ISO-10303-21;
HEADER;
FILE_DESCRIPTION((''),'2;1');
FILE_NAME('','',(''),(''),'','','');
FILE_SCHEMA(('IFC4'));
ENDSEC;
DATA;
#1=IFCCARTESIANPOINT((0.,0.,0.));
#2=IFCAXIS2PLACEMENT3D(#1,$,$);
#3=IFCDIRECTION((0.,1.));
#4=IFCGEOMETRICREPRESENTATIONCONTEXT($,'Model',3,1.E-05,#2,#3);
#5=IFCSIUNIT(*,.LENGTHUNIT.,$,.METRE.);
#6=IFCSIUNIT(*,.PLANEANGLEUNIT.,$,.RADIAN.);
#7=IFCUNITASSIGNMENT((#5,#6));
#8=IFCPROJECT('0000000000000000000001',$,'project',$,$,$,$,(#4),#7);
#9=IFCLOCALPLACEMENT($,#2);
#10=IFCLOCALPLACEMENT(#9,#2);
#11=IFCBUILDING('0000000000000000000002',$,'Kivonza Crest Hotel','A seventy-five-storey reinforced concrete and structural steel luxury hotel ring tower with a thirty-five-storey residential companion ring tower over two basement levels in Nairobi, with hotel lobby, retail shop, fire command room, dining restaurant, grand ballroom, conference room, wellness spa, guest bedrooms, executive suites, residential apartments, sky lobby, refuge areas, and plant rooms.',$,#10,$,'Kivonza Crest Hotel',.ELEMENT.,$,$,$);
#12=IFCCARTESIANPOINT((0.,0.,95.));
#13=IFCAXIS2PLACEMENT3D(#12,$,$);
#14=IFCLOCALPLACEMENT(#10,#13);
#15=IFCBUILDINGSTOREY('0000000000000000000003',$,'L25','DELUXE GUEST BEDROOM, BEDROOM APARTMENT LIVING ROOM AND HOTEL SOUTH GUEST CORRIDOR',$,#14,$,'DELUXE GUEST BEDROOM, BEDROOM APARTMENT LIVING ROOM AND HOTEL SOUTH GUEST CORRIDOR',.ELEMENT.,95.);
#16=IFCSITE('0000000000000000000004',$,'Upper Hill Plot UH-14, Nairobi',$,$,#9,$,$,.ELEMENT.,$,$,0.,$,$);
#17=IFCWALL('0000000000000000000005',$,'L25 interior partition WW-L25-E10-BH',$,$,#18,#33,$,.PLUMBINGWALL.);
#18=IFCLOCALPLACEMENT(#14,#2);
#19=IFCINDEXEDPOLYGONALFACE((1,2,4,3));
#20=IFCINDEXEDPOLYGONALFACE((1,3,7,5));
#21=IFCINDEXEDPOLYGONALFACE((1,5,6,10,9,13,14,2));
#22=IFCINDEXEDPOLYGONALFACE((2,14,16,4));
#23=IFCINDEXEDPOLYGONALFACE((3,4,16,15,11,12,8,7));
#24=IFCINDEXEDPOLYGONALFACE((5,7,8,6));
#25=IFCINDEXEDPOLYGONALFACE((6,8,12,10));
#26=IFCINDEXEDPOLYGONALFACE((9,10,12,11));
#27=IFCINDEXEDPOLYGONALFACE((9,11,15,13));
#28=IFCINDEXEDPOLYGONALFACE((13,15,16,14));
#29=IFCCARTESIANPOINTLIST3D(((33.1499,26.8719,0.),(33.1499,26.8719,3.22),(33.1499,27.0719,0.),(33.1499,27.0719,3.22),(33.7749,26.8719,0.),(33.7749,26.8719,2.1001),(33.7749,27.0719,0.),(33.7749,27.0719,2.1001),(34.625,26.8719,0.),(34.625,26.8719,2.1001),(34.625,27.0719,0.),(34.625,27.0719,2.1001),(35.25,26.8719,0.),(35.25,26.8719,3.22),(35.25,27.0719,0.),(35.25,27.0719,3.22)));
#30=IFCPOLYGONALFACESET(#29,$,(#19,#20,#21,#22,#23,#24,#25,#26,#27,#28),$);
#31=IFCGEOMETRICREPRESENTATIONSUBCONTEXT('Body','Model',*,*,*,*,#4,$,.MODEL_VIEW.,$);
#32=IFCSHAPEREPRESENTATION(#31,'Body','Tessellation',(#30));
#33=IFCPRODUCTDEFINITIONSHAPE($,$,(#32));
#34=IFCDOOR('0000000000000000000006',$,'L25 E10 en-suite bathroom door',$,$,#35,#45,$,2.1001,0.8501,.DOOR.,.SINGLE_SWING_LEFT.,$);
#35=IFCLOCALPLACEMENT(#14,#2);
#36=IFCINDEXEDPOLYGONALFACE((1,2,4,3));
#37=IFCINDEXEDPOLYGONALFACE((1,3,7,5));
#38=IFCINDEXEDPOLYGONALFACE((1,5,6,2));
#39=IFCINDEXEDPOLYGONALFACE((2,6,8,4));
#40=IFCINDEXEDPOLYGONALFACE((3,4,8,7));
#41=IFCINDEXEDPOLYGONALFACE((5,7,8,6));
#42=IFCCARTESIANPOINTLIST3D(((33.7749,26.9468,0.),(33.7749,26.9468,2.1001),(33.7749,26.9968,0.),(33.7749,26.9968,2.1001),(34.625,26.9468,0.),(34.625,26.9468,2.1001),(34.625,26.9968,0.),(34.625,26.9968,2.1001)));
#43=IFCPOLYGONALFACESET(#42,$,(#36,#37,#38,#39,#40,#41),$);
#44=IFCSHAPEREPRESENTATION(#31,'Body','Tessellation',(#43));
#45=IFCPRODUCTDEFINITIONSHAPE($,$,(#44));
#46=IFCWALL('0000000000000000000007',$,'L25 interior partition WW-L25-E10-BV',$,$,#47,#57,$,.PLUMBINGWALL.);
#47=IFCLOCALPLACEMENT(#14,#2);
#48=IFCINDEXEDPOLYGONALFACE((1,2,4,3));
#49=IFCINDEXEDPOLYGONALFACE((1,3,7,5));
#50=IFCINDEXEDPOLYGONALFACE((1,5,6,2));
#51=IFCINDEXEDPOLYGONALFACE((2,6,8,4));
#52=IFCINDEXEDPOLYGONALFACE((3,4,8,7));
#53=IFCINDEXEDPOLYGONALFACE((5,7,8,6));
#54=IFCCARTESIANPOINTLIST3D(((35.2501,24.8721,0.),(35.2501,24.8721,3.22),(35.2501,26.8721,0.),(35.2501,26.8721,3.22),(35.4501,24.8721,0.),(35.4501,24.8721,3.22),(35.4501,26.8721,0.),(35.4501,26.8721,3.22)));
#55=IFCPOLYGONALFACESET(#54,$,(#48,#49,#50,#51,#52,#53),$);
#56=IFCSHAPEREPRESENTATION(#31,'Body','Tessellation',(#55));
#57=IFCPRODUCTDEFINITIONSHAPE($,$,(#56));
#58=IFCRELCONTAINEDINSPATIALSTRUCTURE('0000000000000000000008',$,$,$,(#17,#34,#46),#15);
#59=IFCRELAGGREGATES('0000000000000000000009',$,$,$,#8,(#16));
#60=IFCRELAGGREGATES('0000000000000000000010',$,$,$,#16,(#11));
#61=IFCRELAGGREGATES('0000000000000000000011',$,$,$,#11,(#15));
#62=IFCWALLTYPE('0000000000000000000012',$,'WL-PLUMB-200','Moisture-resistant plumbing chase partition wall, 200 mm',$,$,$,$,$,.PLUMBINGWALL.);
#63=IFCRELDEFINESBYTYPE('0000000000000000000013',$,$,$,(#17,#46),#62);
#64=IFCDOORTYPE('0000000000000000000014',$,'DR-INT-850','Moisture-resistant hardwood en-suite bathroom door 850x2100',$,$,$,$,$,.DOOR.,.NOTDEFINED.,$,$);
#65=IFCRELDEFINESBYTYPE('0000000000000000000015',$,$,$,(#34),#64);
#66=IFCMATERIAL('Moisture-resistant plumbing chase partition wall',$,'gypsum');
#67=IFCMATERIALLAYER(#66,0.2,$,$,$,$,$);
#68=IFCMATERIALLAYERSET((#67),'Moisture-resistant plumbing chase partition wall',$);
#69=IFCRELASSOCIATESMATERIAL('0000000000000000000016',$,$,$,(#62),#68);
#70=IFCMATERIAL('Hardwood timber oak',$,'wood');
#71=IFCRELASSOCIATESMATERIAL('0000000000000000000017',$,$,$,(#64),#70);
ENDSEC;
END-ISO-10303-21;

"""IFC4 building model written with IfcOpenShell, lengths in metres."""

from ifc_helpers import new_model, si_unit, direction, frame, frame_2d, origin, place, context, subcontext, project, spatial, rectangle, extrude, material, layer, layer_set, type_object, element, fill, save


model = new_model("IFC4")

# Units and contexts
model_context = context("Model", 3, precision=1e-05, world=origin(), true_north=direction((0.0, 1.0)))
body_context = subcontext(model_context, "Body", "Model", "MODEL_VIEW")
ifc_project = project(units=[si_unit("LENGTHUNIT", "METRE"), si_unit("PLANEANGLEUNIT", "RADIAN")], contexts=[model_context])

# Site, building, storey
site_placement = place(None, origin())
site = spatial("IfcSite", under=ifc_project, at=site_placement, Name="Upper Hill Plot UH-14, Nairobi", CompositionType="ELEMENT", RefElevation=0.0)
building_placement = place(site_placement, origin())
building = spatial("IfcBuilding", under=site, at=building_placement, Name="Kivonza Crest Hotel", Description="A seventy-five-storey reinforced concrete and structural steel luxury hotel ring tower with a thirty-five-storey residential companion ring tower over two basement levels in Nairobi, with hotel lobby, retail shop, fire command room, dining restaurant, grand ballroom, conference room, wellness spa, guest bedrooms, executive suites, residential apartments, sky lobby, refuge areas, and plant rooms.", LongName="Kivonza Crest Hotel", CompositionType="ELEMENT")
storey_placement = place(building_placement, frame((0.0, 0.0, 95.0)))
storey = spatial("IfcBuildingStorey", under=building, at=storey_placement, Name="L25", Description="DELUXE GUEST BEDROOM, BEDROOM APARTMENT LIVING ROOM AND HOTEL SOUTH GUEST CORRIDOR", LongName="DELUXE GUEST BEDROOM, BEDROOM APARTMENT LIVING ROOM AND HOTEL SOUTH GUEST CORRIDOR", CompositionType="ELEMENT", Elevation=95.0)

# Wall, opening, door
ifc_material_1 = material(Name="Hardwood timber oak", Category="wood")
ifc_material_2 = material(Name="Moisture-resistant plumbing chase partition wall", Category="gypsum")
ifc_layer_1 = layer(ifc_material_2, 0.2)
ifc_layer_set_1 = layer_set([ifc_layer_1], Name="Moisture-resistant plumbing chase partition wall")
wall_type_1 = type_object("IfcWallType", Name="WL-PLUMB-200", Description="Moisture-resistant plumbing chase partition wall, 200 mm", PredefinedType="PLUMBINGWALL", material=ifc_layer_set_1)
wall_1_placement = place(storey_placement, frame((33.1499, 26.9719, 0.0), z_axis=(0.0, 0.0, 1.0), x_axis=(1.0, 0.0, 0.0)))
wall_1 = element("IfcWall", 1, at=wall_1_placement, inside=storey, type_object=wall_type_1, Name="L25 interior partition WW-L25-E10-BH", PredefinedType="PLUMBINGWALL", context=body_context, shape_type="SweptSolid", body=[
    extrude(rectangle(XDim=2.1001, YDim=0.2, at=frame_2d((1.05, 0.0))), origin(), (0.0, 0.0, 1.0), 3.22),
])
opening_1_placement = place(wall_1_placement, frame((0.625, 0.0, 0.0)))
opening_1 = element("IfcOpeningElement", 2, at=opening_1_placement, cuts=wall_1, PredefinedType="OPENING", context=body_context, shape_type="SweptSolid", body=[
    extrude(rectangle(XDim=0.8501, YDim=2.1001, at=frame_2d((0.425, 1.05))), frame((0.0, 0.1099, 0.0), z_axis=(0.0, -1.0, 0.0), x_axis=(1.0, 0.0, 0.0)), (0.0, 0.0, 1.0), 0.22),
])
door_type_1 = type_object("IfcDoorType", Name="DR-INT-850", Description="Moisture-resistant hardwood en-suite bathroom door 850x2100", OperationType="NOTDEFINED", PredefinedType="DOOR", material=ifc_material_1)
door_1_placement = place(opening_1_placement, origin())
door_1 = element("IfcDoor", 3, at=door_1_placement, inside=storey, type_object=door_type_1, Name="L25 E10 en-suite bathroom door", OperationType="SINGLE_SWING_LEFT", OverallHeight=2.1001, OverallWidth=0.8501, PredefinedType="DOOR", context=body_context, shape_type="SweptSolid", body=[
    extrude(rectangle(XDim=0.8501, YDim=2.1001, at=frame_2d((0.425, 1.05))), frame((0.0, 0.0249, 0.0), z_axis=(0.0, -1.0, 0.0), x_axis=(1.0, 0.0, 0.0)), (0.0, 0.0, 1.0), 0.05),
])
fill(opening_1, door_1)

# Wall
wall_2_placement = place(storey_placement, frame((35.3501, 24.8721, 0.0), z_axis=(0.0, 0.0, 1.0), x_axis=(0.0, 1.0, 0.0)))
element("IfcWall", 4, at=wall_2_placement, inside=storey, type_object=wall_type_1, Name="L25 interior partition WW-L25-E10-BV", PredefinedType="PLUMBINGWALL", context=body_context, shape_type="SweptSolid", body=[
    extrude(rectangle(XDim=2.0, YDim=0.2, at=frame_2d((1.0, 0.0))), origin(), (0.0, 0.0, 1.0), 3.22),
])

save(model, "model.ifc")
